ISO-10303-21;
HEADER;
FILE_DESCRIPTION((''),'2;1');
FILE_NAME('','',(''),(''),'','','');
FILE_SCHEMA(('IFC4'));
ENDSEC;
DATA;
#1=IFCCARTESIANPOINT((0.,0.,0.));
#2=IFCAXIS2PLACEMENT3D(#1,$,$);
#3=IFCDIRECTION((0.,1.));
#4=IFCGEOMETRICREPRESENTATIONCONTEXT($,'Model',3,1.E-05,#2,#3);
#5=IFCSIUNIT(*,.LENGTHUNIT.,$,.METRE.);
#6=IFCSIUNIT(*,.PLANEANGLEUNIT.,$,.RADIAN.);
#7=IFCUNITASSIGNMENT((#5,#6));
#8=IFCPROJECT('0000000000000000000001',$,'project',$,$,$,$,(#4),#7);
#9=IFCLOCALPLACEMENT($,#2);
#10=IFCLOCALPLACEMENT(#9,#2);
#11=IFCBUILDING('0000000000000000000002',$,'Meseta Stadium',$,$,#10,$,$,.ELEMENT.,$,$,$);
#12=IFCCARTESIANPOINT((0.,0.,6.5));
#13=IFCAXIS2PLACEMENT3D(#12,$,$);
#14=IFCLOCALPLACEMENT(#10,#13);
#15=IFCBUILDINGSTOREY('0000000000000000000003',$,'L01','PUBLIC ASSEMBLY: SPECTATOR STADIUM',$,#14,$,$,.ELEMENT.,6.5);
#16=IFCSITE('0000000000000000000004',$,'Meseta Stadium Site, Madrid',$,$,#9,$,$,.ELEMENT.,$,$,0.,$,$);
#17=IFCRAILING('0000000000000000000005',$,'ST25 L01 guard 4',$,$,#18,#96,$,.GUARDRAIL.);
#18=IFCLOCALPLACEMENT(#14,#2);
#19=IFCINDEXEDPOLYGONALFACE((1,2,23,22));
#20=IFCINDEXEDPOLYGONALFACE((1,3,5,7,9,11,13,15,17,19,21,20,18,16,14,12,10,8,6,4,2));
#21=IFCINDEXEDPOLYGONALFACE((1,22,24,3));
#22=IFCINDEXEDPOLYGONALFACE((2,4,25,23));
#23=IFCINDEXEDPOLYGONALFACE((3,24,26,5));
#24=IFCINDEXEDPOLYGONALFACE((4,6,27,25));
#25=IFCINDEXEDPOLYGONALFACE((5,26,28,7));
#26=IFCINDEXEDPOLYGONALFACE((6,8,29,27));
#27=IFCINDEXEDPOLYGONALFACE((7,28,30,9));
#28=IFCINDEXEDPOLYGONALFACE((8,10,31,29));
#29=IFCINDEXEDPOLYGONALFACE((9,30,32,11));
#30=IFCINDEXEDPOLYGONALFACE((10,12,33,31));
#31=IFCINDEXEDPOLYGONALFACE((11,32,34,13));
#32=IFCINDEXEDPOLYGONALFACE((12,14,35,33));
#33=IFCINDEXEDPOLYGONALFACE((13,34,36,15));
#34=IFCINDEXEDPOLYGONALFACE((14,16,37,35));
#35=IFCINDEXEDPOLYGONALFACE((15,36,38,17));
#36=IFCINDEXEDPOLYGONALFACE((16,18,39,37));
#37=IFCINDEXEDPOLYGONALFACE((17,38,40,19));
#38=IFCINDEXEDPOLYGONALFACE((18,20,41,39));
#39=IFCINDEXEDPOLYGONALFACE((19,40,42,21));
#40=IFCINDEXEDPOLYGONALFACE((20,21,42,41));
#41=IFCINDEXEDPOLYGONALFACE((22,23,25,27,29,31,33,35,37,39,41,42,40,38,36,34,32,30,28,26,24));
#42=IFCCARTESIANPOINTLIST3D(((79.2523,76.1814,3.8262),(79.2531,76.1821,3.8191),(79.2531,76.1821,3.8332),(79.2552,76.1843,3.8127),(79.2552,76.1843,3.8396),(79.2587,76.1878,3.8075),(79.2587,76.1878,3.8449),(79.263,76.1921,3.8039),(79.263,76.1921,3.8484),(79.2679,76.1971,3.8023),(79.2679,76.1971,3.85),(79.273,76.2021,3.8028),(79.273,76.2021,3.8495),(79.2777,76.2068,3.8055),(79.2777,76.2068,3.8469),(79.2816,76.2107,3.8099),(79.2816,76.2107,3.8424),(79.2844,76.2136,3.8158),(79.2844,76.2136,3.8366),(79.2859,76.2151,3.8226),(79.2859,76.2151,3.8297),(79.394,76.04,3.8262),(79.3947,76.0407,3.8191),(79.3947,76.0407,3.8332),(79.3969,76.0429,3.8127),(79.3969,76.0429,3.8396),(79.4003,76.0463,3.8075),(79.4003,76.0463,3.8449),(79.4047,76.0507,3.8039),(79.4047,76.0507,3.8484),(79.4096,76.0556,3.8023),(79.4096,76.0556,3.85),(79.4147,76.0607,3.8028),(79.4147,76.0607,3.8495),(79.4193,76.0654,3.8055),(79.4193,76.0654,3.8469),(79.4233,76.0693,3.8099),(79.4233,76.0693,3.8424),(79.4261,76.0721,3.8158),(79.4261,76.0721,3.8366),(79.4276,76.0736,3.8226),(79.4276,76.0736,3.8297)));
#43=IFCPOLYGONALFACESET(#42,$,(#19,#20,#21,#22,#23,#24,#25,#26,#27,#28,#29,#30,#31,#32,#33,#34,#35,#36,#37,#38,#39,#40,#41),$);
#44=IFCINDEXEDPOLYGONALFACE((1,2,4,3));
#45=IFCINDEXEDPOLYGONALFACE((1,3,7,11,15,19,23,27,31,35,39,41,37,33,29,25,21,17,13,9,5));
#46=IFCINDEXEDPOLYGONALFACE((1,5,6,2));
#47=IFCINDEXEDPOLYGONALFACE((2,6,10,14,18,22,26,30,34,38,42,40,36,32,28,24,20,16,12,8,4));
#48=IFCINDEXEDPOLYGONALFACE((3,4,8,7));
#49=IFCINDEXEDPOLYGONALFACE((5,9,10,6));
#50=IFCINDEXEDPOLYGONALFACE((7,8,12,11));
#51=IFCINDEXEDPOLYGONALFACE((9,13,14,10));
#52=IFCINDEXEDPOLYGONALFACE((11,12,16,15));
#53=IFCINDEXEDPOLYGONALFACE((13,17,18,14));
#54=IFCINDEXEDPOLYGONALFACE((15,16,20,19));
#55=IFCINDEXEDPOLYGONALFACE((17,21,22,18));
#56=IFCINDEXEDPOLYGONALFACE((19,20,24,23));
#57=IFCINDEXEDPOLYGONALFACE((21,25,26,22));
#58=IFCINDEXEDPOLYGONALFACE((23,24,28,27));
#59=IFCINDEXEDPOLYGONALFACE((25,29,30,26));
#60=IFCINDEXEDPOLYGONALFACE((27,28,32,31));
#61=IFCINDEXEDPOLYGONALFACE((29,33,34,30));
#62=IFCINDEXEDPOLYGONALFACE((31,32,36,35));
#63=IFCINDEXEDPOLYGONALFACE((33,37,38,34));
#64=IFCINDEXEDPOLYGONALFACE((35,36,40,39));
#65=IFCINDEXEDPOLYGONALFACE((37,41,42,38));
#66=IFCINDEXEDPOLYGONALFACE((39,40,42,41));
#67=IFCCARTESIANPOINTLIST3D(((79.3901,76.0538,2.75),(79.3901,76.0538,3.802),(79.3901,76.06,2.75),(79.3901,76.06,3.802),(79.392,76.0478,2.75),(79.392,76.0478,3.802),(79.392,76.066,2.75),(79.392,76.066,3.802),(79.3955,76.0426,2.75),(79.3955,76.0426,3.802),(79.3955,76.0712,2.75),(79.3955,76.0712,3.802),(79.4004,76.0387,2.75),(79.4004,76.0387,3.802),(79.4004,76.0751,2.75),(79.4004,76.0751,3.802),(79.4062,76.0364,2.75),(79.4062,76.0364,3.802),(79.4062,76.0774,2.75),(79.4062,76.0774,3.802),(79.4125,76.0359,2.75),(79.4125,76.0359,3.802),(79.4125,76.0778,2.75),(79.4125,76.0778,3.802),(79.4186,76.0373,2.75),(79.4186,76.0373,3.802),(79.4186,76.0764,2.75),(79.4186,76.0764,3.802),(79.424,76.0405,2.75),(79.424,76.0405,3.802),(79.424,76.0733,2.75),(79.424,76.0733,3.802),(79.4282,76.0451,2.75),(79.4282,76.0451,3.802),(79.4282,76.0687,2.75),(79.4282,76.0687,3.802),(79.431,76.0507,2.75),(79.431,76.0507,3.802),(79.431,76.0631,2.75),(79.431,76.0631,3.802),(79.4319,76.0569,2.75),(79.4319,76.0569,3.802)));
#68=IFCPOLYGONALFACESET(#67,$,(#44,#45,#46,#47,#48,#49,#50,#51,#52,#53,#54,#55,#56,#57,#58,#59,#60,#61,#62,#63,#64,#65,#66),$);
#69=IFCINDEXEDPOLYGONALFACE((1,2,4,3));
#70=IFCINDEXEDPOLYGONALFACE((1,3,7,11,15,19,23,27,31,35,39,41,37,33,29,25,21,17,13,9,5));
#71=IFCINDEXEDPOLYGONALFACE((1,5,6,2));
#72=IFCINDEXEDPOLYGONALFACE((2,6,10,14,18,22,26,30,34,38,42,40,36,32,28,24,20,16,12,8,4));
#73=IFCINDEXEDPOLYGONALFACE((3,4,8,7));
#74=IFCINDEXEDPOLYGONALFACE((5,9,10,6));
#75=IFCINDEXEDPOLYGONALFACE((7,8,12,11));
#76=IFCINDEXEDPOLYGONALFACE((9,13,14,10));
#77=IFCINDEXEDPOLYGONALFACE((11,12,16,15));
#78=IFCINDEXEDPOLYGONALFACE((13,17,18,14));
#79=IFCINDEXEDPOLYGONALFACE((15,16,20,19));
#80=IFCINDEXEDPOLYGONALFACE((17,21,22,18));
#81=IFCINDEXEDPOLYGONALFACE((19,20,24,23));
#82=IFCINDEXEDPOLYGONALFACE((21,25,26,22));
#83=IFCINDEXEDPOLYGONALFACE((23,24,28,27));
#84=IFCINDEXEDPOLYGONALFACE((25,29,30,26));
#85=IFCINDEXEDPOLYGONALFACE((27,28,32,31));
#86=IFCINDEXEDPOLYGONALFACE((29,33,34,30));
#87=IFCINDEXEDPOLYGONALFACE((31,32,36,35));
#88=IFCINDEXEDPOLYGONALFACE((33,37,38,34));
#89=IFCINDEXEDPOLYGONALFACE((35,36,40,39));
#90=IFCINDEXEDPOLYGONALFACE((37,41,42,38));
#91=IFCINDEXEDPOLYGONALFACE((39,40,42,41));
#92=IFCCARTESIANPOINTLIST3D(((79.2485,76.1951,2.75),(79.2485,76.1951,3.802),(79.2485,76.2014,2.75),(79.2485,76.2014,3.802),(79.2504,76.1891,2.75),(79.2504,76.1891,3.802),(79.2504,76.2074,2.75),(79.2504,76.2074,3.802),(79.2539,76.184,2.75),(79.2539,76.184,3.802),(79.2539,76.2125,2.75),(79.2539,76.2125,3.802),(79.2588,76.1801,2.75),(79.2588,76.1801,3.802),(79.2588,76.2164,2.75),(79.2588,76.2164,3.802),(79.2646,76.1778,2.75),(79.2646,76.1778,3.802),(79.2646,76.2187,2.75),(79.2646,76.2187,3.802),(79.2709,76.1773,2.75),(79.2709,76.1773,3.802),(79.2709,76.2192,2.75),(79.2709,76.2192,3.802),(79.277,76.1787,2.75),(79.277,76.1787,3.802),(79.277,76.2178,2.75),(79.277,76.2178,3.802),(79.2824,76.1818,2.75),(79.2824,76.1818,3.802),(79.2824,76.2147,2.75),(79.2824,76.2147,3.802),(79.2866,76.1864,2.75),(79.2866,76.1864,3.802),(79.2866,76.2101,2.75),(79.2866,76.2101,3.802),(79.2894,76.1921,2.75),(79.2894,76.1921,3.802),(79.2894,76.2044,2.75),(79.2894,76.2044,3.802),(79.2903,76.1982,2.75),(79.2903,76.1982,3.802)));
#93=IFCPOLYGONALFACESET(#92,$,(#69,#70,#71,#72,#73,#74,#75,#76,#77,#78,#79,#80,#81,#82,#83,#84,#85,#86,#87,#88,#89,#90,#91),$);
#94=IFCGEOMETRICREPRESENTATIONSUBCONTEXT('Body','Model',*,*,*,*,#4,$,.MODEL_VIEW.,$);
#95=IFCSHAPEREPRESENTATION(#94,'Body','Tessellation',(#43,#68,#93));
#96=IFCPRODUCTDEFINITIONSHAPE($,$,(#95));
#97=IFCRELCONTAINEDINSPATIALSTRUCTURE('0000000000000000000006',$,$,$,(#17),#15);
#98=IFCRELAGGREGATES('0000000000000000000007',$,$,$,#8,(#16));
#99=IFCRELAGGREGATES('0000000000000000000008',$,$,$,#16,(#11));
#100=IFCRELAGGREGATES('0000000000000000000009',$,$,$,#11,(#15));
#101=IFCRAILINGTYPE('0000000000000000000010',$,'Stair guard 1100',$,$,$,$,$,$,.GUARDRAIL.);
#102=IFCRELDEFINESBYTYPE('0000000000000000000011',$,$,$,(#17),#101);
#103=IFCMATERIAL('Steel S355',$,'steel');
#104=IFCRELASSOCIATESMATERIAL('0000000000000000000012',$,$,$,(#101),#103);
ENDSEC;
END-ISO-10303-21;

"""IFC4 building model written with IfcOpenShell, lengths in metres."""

from ifc_helpers import new_model, si_unit, direction, frame, origin, origin_2d, place, context, subcontext, project, spatial, circle, extrude, material, type_object, element, save


model = new_model("IFC4")

# Units and contexts
model_context = context("Model", 3, precision=1e-05, world=origin(), true_north=direction((0.0, 1.0)))
body_context = subcontext(model_context, "Body", "Model", "MODEL_VIEW")
ifc_project = project(units=[si_unit("LENGTHUNIT", "METRE"), si_unit("PLANEANGLEUNIT", "RADIAN")], contexts=[model_context])

# Site, building, storey
site_placement = place(None, origin())
site = spatial("IfcSite", under=ifc_project, at=site_placement, Name="Meseta Stadium Site, Madrid", CompositionType="ELEMENT", RefElevation=0.0)
building_placement = place(site_placement, origin())
building = spatial("IfcBuilding", under=site, at=building_placement, Name="Meseta Stadium", CompositionType="ELEMENT")
storey_placement = place(building_placement, frame((0.0, 0.0, 6.5)))
storey = spatial("IfcBuildingStorey", under=building, at=storey_placement, Name="L01", Description="PUBLIC ASSEMBLY: SPECTATOR STADIUM", CompositionType="ELEMENT", Elevation=6.5)

# Railing
ifc_material_1 = material(Name="Steel S355", Category="steel")
railing_type_1 = type_object("IfcRailingType", Name="Stair guard 1100", PredefinedType="GUARDRAIL", material=ifc_material_1)
railing_1_placement = place(storey_placement, frame((79.4109, 76.0569, 2.75)))
element("IfcRailing", 1, at=railing_1_placement, inside=storey, type_object=railing_type_1, Name="ST25 L01 guard 4", PredefinedType="GUARDRAIL", context=body_context, shape_type="SweptSolid", body=[
    extrude(circle(Radius=0.0239, at=origin_2d()), frame((0.0, 0.0, 1.0762), z_axis=(-0.707717, 0.706496, 0.0), x_axis=(-0.706496, -0.707717, 0.0)), (0.0, 0.0, 1.0), 0.2002),
    extrude(circle(Radius=0.021, at=origin_2d()), origin(), (0.0, 0.0, 1.0), 1.052),
    extrude(circle(Radius=0.021, at=origin_2d()), frame((-0.1416, 0.1414, 0.0)), (0.0, 0.0, 1.0), 1.052),
])

save(model, "model.ifc")
